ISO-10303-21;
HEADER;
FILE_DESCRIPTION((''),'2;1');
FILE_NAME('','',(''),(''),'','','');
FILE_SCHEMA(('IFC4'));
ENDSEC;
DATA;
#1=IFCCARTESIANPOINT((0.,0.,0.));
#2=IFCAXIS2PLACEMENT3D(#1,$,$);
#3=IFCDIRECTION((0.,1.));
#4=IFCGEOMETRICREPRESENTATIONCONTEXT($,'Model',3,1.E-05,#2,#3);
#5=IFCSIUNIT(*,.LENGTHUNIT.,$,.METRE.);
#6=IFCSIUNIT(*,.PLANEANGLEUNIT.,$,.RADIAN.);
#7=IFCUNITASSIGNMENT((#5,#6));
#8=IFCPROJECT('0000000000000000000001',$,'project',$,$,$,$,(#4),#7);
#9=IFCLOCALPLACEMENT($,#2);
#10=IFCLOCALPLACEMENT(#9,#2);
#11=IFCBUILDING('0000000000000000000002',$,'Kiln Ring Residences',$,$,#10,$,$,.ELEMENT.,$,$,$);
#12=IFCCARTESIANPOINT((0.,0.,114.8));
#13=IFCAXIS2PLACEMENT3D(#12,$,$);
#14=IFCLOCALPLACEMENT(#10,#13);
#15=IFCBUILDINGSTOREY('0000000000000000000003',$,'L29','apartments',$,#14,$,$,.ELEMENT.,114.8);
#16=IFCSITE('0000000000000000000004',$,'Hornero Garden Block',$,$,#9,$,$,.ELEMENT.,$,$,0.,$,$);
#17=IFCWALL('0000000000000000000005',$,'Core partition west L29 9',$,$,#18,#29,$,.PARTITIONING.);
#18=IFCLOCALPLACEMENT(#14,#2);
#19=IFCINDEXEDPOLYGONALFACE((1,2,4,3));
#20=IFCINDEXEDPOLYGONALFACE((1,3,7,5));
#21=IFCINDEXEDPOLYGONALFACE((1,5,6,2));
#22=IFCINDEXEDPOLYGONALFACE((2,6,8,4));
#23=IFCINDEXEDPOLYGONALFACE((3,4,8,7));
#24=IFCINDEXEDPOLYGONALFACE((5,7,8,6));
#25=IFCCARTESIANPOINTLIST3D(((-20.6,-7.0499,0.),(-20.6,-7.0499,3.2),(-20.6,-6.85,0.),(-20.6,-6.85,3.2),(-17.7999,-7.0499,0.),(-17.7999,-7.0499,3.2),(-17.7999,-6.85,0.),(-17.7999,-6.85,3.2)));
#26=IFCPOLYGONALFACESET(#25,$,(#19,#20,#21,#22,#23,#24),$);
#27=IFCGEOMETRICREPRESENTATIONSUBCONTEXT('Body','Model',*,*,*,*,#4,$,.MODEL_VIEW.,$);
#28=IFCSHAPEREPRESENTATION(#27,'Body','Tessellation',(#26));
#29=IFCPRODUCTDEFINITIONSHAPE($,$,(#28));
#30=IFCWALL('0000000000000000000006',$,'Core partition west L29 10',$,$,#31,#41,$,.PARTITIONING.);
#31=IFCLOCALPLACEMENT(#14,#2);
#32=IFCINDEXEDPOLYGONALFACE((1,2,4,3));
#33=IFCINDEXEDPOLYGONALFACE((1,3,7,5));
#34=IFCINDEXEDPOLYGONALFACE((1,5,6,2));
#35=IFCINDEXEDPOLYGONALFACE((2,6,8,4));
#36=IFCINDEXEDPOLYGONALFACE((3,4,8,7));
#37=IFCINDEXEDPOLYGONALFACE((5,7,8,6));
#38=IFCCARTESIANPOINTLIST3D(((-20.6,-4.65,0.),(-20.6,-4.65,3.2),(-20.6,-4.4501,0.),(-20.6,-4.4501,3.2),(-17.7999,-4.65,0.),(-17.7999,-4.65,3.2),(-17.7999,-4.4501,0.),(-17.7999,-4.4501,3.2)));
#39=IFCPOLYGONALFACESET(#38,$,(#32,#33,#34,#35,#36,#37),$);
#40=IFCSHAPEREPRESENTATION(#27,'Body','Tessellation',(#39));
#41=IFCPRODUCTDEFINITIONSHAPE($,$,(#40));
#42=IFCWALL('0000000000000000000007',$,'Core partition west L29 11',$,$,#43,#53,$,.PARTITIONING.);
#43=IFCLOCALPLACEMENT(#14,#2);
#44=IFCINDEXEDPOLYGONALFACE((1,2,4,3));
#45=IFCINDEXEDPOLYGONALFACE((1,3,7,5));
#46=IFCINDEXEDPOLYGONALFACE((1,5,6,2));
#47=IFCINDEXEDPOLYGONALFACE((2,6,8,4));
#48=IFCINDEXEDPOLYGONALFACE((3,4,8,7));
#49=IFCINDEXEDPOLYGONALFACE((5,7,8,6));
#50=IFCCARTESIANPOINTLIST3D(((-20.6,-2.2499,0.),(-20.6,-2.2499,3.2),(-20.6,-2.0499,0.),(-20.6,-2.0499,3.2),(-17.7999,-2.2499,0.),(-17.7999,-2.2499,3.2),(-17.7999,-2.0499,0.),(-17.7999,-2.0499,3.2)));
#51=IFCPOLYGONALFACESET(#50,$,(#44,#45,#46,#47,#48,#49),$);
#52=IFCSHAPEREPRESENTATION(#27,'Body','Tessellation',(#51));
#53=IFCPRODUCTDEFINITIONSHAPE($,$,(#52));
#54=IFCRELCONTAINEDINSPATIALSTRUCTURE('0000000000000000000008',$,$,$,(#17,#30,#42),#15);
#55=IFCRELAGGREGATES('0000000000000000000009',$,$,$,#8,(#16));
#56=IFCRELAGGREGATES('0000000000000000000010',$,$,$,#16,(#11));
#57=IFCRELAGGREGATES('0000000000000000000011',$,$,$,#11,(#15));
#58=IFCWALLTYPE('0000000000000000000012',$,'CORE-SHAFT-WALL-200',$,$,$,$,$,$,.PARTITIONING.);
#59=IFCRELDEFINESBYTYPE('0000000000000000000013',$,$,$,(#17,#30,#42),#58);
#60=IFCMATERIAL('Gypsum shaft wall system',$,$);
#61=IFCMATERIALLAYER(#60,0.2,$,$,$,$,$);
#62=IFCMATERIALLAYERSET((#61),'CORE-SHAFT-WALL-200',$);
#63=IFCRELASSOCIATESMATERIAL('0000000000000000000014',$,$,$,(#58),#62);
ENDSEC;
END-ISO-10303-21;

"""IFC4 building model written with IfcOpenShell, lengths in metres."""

from ifc_helpers import new_model, si_unit, direction, frame, frame_2d, origin, place, context, subcontext, project, spatial, rectangle, extrude, material, layer, layer_set, type_object, element, save


model = new_model("IFC4")

# Units and contexts
model_context = context("Model", 3, precision=1e-05, world=origin(), true_north=direction((0.0, 1.0)))
body_context = subcontext(model_context, "Body", "Model", "MODEL_VIEW")
ifc_project = project(units=[si_unit("LENGTHUNIT", "METRE"), si_unit("PLANEANGLEUNIT", "RADIAN")], contexts=[model_context])

# Site, building, storey
site_placement = place(None, origin())
site = spatial("IfcSite", under=ifc_project, at=site_placement, Name="Hornero Garden Block", CompositionType="ELEMENT", RefElevation=0.0)
building_placement = place(site_placement, origin())
building = spatial("IfcBuilding", under=site, at=building_placement, Name="Kiln Ring Residences", CompositionType="ELEMENT")
storey_placement = place(building_placement, frame((0.0, 0.0, 114.8)))
storey = spatial("IfcBuildingStorey", under=building, at=storey_placement, Name="L29", Description="apartments", CompositionType="ELEMENT", Elevation=114.8)

# Walls
ifc_material_1 = material(Name="Gypsum shaft wall system")
ifc_layer_1 = layer(ifc_material_1, 0.2)
ifc_layer_set_1 = layer_set([ifc_layer_1], Name="CORE-SHAFT-WALL-200")
wall_type_1 = type_object("IfcWallType", Name="CORE-SHAFT-WALL-200", PredefinedType="PARTITIONING", material=ifc_layer_set_1)
for number, where, z_axis, x_axis, name in (
    (1, (-17.8, -6.95, 0.0), (0.0, 0.0, 1.0), (-1.0, 0.0, 0.0), "Core partition west L29 9"),
    (2, (-17.8, -4.55, 0.0), (0.0, 0.0, 1.0), (-1.0, 0.0, 0.0), "Core partition west L29 10"),
    (3, (-17.8, -2.1499, 0.0), (0.0, 0.0, 1.0), (-1.0, 0.0, 0.0), "Core partition west L29 11"),
):
    element("IfcWall", number, at=place(storey_placement, frame(where, z_axis=z_axis, x_axis=x_axis)), inside=storey, type_object=wall_type_1, Name=name, PredefinedType="PARTITIONING", context=body_context, shape_type="SweptSolid", body=[
        extrude(rectangle(XDim=2.8, YDim=0.2, at=frame_2d((1.3999, 0.0))), origin(), (0.0, 0.0, 1.0), 3.2),
    ])

save(model, "model.ifc")
